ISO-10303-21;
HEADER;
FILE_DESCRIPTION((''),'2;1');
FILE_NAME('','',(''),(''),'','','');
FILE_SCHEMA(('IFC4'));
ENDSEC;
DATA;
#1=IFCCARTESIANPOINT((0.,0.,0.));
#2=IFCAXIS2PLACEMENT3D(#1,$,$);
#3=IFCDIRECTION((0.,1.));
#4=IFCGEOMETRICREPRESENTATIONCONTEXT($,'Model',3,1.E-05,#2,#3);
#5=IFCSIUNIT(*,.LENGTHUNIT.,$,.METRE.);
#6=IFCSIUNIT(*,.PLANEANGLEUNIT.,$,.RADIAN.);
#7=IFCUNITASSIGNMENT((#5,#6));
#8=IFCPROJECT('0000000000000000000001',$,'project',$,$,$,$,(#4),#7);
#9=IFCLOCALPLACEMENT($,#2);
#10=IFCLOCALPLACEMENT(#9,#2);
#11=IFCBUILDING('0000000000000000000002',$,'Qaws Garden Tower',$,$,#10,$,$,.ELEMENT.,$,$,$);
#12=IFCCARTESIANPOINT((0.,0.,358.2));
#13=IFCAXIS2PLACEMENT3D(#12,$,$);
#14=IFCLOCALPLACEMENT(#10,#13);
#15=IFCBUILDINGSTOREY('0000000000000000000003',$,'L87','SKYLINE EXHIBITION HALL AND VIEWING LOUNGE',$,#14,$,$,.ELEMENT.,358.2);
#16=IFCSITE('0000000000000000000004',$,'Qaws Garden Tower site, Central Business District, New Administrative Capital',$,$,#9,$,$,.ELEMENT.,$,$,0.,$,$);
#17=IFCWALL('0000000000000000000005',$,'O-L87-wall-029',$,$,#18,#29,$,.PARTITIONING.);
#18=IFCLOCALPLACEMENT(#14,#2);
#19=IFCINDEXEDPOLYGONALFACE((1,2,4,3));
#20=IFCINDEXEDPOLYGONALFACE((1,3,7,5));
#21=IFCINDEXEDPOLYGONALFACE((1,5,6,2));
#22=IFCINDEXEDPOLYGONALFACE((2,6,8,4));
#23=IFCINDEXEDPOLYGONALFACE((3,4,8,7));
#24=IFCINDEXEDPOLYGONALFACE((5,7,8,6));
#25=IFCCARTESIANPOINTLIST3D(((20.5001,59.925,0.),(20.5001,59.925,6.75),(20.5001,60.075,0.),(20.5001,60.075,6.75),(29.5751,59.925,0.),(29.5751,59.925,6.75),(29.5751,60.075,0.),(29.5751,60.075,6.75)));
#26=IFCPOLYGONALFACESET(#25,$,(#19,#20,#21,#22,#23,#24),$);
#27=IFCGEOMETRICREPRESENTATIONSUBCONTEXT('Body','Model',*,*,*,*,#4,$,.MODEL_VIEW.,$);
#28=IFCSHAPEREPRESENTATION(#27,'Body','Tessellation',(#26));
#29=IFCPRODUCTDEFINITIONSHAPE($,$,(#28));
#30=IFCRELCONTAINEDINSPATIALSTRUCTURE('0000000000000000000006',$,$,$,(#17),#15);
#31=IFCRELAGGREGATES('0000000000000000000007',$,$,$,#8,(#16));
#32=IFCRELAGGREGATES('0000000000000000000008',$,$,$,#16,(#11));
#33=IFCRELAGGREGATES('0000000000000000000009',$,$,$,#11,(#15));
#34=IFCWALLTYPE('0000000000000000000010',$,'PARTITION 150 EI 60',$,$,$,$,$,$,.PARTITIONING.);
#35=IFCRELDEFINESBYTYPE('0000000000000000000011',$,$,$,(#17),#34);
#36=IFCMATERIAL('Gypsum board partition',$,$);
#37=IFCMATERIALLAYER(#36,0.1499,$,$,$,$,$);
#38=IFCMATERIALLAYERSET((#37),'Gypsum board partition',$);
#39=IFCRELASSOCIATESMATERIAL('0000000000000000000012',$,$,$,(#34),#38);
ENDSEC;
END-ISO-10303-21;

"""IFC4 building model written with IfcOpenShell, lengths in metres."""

from ifc_helpers import new_model, si_unit, direction, frame, frame_2d, origin, place, context, subcontext, project, spatial, rectangle, extrude, material, layer, layer_set, type_object, element, save


model = new_model("IFC4")

# Units and contexts
model_context = context("Model", 3, precision=1e-05, world=origin(), true_north=direction((0.0, 1.0)))
body_context = subcontext(model_context, "Body", "Model", "MODEL_VIEW")
ifc_project = project(units=[si_unit("LENGTHUNIT", "METRE"), si_unit("PLANEANGLEUNIT", "RADIAN")], contexts=[model_context])

# Site, building, storey
site_placement = place(None, origin())
site = spatial("IfcSite", under=ifc_project, at=site_placement, Name="Qaws Garden Tower site, Central Business District, New Administrative Capital", CompositionType="ELEMENT", RefElevation=0.0)
building_placement = place(site_placement, origin())
building = spatial("IfcBuilding", under=site, at=building_placement, Name="Qaws Garden Tower", CompositionType="ELEMENT")
storey_placement = place(building_placement, frame((0.0, 0.0, 358.2)))
storey = spatial("IfcBuildingStorey", under=building, at=storey_placement, Name="L87", Description="SKYLINE EXHIBITION HALL AND VIEWING LOUNGE", CompositionType="ELEMENT", Elevation=358.2)

# Wall
ifc_material_1 = material(Name="Gypsum board partition")
ifc_layer_1 = layer(ifc_material_1, 0.1499)
ifc_layer_set_1 = layer_set([ifc_layer_1], Name="Gypsum board partition")
wall_type = type_object("IfcWallType", Name="PARTITION 150 EI 60", PredefinedType="PARTITIONING", material=ifc_layer_set_1)
wall_1_placement = place(storey_placement, frame((20.5, 60.0, 0.0), z_axis=(0.0, 0.0, 1.0), x_axis=(1.0, 0.0, 0.0)))
element("IfcWall", 1, at=wall_1_placement, inside=storey, type_object=wall_type, Name="O-L87-wall-029", PredefinedType="PARTITIONING", context=body_context, shape_type="SweptSolid", body=[
    extrude(rectangle(XDim=9.075, YDim=0.1499, at=frame_2d((4.5376, 0.0))), origin(), (0.0, 0.0, 1.0), 6.75),
])

save(model, "model.ifc")
